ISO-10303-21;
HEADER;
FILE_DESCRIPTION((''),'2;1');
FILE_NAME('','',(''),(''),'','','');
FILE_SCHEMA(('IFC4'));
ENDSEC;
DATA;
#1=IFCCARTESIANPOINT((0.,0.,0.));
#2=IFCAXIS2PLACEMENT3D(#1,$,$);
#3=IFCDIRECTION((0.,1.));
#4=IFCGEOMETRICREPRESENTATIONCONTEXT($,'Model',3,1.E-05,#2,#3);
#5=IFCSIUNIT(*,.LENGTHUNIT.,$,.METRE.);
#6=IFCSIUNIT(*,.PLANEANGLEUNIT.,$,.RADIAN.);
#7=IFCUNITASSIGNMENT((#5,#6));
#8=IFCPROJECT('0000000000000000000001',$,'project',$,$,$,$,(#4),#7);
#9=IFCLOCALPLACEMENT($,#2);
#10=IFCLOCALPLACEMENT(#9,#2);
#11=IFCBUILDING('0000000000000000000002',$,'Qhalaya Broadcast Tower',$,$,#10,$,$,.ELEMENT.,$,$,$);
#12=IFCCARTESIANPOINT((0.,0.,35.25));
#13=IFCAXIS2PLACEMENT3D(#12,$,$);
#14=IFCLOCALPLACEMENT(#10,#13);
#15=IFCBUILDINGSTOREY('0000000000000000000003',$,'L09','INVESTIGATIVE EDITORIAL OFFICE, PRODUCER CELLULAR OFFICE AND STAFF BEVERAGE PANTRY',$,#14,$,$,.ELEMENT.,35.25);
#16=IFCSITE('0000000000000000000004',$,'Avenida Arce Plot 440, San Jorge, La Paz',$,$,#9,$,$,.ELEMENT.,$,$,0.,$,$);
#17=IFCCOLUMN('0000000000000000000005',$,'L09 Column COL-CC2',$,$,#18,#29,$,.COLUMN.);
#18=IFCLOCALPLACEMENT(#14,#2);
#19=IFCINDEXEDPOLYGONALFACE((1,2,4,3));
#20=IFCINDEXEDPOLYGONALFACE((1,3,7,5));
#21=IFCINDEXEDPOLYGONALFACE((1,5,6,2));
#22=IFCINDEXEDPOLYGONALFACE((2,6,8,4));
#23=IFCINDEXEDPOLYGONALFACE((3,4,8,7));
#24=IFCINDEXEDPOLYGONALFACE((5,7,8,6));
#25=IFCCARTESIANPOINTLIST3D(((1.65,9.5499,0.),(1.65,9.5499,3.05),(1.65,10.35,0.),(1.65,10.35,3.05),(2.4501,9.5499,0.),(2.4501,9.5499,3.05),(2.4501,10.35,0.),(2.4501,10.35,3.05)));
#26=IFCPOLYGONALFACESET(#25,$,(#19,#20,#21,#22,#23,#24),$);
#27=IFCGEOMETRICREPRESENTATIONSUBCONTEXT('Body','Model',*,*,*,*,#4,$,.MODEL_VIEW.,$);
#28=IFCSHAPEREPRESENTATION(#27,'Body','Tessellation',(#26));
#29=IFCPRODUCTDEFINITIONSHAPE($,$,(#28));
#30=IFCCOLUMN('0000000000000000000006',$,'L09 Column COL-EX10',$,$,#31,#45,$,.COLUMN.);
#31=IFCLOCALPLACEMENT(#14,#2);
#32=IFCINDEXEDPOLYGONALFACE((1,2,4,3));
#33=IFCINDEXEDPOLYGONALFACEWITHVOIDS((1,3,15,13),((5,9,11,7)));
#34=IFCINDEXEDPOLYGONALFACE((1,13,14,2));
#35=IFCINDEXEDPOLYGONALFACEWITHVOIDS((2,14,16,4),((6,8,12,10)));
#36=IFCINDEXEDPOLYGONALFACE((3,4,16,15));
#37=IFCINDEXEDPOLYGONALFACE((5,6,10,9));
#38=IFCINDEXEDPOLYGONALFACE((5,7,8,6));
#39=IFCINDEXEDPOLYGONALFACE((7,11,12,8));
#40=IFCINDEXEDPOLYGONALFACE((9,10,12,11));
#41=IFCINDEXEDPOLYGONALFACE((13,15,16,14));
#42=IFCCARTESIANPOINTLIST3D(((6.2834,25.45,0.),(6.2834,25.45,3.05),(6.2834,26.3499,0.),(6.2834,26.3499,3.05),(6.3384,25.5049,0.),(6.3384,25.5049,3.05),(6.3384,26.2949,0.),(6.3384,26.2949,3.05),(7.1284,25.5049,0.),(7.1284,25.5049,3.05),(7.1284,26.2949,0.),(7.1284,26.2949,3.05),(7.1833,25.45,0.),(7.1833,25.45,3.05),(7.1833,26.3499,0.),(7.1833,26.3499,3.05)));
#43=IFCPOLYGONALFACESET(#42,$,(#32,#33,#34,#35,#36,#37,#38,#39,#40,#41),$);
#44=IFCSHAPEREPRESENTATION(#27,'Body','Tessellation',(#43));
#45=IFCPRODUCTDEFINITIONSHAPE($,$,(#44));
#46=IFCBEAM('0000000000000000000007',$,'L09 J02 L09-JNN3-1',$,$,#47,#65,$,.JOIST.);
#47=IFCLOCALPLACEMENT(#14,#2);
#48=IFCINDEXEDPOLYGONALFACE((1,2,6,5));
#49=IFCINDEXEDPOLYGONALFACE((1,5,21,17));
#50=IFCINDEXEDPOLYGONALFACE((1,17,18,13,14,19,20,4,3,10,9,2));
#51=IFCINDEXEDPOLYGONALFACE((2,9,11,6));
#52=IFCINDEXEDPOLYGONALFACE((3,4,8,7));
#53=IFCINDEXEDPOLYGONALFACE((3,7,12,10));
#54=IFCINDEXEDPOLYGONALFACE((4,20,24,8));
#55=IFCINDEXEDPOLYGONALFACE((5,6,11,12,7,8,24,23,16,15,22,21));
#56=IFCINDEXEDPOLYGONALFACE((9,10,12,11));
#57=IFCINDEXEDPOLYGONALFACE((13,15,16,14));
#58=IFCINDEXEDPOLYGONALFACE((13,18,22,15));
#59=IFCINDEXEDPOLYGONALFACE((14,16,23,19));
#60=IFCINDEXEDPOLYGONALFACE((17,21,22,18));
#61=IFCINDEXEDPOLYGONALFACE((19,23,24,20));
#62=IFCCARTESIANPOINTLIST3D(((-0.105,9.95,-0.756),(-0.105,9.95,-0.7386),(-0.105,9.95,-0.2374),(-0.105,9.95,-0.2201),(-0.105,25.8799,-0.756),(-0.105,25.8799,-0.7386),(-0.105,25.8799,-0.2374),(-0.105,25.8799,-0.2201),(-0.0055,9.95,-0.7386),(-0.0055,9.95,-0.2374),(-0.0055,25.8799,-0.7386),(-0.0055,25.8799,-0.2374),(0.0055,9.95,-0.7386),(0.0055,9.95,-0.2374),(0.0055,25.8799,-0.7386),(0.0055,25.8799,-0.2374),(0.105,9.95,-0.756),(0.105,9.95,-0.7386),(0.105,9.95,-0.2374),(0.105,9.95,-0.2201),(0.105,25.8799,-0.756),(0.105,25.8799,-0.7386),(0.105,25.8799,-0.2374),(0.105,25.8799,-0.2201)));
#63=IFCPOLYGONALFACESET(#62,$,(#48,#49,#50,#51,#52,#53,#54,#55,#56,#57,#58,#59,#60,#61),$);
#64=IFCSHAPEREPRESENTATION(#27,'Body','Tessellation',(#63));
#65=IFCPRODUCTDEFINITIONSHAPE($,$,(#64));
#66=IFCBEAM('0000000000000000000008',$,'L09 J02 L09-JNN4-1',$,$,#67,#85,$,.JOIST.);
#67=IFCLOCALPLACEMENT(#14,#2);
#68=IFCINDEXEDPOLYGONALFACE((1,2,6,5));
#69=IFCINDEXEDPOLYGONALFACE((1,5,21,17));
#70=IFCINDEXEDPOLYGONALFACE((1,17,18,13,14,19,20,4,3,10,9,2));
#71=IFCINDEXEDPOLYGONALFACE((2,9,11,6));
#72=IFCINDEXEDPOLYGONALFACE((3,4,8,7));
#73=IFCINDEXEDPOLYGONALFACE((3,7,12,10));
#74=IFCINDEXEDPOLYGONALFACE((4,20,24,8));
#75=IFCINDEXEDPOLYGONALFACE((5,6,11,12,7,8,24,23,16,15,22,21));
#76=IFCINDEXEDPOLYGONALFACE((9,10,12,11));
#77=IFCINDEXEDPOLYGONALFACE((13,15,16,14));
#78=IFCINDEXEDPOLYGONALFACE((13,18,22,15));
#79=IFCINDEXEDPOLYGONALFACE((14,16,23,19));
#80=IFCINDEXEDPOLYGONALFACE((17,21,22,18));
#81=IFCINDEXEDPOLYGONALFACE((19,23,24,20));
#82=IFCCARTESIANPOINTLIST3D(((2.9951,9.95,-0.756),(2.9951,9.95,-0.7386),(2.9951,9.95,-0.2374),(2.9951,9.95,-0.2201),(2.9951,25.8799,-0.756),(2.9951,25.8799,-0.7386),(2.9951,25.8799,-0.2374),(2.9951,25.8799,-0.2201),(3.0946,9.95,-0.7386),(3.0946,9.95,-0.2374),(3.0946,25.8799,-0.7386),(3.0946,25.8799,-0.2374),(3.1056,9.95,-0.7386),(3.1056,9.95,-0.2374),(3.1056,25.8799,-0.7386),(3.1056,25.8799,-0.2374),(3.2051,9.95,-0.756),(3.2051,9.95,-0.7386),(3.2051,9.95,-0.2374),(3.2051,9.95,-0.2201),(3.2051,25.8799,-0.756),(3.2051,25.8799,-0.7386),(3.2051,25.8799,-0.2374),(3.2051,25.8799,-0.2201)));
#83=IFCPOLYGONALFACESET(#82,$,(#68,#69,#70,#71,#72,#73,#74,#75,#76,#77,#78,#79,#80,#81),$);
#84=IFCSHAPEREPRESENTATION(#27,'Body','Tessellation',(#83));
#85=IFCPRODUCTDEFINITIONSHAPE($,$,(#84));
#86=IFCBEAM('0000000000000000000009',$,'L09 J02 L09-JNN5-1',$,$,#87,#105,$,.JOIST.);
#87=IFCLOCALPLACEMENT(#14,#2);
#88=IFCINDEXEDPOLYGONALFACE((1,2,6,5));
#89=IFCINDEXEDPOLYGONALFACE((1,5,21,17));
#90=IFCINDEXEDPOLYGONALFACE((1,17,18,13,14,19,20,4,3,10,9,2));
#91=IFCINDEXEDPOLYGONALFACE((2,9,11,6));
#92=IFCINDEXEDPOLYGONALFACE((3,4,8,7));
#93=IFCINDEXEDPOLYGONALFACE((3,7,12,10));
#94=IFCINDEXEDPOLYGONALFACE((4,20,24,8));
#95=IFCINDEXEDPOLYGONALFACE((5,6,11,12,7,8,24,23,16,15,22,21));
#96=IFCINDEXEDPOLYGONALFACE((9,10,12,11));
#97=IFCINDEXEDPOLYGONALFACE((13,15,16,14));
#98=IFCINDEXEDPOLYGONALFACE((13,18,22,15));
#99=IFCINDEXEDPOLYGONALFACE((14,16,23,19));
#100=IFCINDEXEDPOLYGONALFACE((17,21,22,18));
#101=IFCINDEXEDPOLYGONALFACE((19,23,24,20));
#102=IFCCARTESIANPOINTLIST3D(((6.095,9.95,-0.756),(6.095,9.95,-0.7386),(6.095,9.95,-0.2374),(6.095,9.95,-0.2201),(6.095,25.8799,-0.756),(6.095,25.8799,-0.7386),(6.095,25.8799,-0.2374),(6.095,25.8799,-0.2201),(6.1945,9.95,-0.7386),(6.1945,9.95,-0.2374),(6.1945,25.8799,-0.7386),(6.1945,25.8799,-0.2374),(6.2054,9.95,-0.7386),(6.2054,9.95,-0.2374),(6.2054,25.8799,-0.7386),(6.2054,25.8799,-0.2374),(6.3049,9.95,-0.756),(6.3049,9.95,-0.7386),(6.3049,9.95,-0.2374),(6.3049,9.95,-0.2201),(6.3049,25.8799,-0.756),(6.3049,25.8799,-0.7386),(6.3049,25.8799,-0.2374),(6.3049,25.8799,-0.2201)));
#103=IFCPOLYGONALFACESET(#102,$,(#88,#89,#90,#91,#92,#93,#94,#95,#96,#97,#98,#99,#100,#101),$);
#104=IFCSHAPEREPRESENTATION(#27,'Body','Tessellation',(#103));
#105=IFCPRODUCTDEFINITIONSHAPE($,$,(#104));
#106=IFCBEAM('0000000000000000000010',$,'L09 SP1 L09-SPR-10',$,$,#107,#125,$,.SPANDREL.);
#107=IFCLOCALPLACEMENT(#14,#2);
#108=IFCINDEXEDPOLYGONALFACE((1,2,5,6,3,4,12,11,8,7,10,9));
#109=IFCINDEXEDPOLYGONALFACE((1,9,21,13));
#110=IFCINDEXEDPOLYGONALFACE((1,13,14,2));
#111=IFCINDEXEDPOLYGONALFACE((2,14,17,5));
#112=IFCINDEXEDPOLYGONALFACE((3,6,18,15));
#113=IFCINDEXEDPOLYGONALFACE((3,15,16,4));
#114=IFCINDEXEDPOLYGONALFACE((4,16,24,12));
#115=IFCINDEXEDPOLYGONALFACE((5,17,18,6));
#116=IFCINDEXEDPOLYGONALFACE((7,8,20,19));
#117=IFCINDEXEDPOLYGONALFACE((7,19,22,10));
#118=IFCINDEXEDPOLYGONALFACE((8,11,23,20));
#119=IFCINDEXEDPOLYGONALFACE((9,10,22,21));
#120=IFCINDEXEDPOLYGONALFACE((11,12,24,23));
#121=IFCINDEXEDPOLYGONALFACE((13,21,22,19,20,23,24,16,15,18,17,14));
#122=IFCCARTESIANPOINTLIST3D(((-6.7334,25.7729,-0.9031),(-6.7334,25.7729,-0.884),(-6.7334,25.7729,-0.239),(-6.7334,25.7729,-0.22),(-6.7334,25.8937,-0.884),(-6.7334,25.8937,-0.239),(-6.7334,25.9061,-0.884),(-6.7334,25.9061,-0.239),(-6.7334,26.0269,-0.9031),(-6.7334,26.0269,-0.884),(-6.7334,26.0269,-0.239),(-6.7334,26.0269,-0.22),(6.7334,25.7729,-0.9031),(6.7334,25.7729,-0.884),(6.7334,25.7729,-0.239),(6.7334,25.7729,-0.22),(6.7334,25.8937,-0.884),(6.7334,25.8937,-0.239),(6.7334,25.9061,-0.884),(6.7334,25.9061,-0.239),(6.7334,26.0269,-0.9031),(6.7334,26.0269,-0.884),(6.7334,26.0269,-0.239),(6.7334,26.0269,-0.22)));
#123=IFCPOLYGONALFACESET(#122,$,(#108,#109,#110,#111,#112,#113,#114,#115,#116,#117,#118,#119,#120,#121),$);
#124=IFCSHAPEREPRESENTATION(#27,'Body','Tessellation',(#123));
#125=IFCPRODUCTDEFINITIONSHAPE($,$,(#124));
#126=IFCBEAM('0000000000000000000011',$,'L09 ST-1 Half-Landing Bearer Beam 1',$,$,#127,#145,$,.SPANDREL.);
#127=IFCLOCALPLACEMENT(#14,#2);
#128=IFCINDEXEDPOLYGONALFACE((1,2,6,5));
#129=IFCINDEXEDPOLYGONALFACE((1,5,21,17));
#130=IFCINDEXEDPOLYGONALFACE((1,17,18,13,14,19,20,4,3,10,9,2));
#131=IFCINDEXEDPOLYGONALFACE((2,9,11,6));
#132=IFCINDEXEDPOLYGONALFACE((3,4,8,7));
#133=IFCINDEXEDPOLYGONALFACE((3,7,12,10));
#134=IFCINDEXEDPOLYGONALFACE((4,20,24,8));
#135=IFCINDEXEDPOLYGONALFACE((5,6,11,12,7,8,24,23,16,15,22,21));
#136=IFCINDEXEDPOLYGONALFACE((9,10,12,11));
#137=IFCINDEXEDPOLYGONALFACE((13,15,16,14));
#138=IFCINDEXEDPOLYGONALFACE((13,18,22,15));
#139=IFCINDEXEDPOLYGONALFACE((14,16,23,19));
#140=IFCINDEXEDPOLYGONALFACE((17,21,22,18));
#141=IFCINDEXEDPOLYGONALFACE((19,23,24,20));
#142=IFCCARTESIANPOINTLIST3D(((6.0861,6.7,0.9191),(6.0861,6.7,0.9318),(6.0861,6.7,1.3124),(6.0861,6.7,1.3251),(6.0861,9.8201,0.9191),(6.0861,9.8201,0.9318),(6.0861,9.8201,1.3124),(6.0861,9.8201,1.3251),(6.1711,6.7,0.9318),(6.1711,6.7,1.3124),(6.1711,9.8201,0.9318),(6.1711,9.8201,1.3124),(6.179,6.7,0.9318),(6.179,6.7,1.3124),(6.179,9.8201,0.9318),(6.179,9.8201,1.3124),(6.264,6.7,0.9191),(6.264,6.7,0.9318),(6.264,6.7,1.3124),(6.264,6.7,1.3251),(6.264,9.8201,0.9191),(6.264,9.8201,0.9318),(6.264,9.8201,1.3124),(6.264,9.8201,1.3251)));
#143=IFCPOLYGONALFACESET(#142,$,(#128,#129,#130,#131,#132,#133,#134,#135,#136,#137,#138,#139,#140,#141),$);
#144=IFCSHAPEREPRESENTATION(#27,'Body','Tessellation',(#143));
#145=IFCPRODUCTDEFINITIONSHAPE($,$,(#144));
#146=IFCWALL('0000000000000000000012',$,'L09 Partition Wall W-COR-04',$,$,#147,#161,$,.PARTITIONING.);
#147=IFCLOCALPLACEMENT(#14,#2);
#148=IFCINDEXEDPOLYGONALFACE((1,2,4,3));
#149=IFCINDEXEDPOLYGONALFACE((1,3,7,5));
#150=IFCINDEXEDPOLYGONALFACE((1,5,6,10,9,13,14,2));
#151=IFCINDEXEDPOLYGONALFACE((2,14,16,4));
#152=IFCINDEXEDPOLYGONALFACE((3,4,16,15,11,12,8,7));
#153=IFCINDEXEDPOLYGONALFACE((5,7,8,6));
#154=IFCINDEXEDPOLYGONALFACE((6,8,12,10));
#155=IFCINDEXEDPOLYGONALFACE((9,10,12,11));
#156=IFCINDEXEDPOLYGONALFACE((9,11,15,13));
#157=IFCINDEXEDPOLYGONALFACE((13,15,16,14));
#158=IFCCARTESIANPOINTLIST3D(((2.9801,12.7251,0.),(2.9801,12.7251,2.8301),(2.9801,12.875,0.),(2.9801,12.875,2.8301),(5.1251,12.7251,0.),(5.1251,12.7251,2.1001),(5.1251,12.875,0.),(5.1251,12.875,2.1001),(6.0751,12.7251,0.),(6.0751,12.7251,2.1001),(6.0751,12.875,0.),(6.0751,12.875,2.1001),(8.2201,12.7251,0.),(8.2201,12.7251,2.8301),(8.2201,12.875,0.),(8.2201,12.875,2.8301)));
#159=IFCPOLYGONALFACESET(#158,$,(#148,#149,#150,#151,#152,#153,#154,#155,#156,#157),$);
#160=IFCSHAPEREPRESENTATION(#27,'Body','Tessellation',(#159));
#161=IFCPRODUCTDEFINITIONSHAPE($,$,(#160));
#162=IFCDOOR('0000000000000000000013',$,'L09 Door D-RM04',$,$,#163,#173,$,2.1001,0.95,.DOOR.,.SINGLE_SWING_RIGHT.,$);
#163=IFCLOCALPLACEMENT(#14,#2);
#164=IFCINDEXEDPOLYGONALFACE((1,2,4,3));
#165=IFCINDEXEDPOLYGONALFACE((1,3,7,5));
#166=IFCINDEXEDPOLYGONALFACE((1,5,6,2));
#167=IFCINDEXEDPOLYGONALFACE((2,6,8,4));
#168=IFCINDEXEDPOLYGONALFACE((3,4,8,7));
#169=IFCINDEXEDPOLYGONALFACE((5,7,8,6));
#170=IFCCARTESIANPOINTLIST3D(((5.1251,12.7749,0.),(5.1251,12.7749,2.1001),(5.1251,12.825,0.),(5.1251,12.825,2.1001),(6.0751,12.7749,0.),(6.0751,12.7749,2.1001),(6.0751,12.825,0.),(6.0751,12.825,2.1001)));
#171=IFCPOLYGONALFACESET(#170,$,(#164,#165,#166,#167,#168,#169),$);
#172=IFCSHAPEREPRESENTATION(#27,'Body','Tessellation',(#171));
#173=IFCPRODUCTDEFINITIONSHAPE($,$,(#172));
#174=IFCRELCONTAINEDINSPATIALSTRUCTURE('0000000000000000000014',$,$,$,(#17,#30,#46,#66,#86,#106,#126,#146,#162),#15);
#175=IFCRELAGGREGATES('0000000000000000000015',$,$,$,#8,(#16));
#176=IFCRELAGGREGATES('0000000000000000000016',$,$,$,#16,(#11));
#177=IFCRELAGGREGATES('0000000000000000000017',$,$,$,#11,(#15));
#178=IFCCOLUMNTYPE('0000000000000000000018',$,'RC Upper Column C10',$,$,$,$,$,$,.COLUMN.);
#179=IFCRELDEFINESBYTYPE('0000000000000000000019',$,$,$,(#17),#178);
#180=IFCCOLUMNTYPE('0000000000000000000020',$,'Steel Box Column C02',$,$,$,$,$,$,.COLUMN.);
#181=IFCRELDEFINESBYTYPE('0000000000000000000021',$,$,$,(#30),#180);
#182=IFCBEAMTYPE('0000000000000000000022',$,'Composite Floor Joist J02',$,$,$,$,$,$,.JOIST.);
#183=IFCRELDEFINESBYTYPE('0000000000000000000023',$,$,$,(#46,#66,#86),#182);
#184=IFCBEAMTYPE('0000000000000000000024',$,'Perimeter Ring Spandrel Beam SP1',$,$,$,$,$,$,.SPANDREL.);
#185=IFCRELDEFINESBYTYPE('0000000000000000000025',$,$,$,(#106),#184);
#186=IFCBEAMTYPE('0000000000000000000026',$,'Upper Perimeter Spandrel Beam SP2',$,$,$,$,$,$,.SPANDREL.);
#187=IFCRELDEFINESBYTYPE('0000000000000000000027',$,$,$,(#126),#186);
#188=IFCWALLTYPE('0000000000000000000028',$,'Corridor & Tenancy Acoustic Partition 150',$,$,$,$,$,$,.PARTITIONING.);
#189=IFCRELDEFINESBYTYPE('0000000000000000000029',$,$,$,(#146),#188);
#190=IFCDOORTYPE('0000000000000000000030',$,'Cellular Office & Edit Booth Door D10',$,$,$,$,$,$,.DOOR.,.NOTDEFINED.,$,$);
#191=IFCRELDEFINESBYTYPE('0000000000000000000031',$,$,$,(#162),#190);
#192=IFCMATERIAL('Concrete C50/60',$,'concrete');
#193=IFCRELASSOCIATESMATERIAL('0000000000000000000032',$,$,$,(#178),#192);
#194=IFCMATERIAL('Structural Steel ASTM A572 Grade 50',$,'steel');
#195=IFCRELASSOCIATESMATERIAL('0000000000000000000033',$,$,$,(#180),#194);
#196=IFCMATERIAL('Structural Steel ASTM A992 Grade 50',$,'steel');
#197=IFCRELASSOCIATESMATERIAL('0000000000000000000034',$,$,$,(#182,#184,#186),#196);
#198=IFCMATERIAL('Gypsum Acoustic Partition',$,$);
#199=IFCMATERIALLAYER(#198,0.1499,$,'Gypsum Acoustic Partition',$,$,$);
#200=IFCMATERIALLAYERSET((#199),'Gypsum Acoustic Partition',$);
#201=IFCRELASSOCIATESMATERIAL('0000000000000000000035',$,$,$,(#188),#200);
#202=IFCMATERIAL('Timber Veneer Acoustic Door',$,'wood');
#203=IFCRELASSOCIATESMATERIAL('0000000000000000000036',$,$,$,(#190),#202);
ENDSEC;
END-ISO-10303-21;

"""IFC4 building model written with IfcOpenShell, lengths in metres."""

from ifc_helpers import new_model, si_unit, direction, frame, frame_2d, origin, origin_2d, place, context, subcontext, project, spatial, rectangle, hollow_rectangle, i_section, extrude, material, layer, layer_set, material_profile, profile_set, type_object, element, fill, save


model = new_model("IFC4")

# Units and contexts
model_context = context("Model", 3, precision=1e-05, world=origin(), true_north=direction((0.0, 1.0)))
body_context = subcontext(model_context, "Body", "Model", "MODEL_VIEW")
ifc_project = project(units=[si_unit("LENGTHUNIT", "METRE"), si_unit("PLANEANGLEUNIT", "RADIAN")], contexts=[model_context])

# Site, building, storey
site_placement = place(None, origin())
site = spatial("IfcSite", under=ifc_project, at=site_placement, Name="Avenida Arce Plot 440, San Jorge, La Paz", CompositionType="ELEMENT", RefElevation=0.0)
building_placement = place(site_placement, origin())
building = spatial("IfcBuilding", under=site, at=building_placement, Name="Qhalaya Broadcast Tower", CompositionType="ELEMENT")
storey_placement = place(building_placement, frame((0.0, 0.0, 35.25)))
storey = spatial("IfcBuildingStorey", under=building, at=storey_placement, Name="L09", Description="INVESTIGATIVE EDITORIAL OFFICE, PRODUCER CELLULAR OFFICE AND STAFF BEVERAGE PANTRY", CompositionType="ELEMENT", Elevation=35.25)

# Columns
ifc_material_1 = material(Name="Concrete C50/60", Category="concrete")
ifc_material_profile_1 = material_profile(ifc_material_1, rectangle(XDim=0.8, YDim=0.8, at=origin_2d()), Name="RC-COL 800x800")
ifc_profile_set_1 = profile_set([ifc_material_profile_1], Name="Concrete C50/60")
column_type_1 = type_object("IfcColumnType", Name="RC Upper Column C10", PredefinedType="COLUMN", material=ifc_profile_set_1)
column_1_placement = place(storey_placement, frame((2.05, 9.95, 0.0), z_axis=(0.0, 0.0, 1.0), x_axis=(1.0, 0.0, 0.0)))
element("IfcColumn", 1, at=column_1_placement, inside=storey, type_object=column_type_1, Name="L09 Column COL-CC2", PredefinedType="COLUMN", context=body_context, shape_type="SweptSolid", body=[
    extrude(rectangle(XDim=0.8, YDim=0.8, at=origin_2d()), origin(), (0.0, 0.0, 1.0), 3.05),
])
ifc_material_2 = material(Name="Structural Steel ASTM A572 Grade 50", Category="steel")
ifc_material_profile_2 = material_profile(ifc_material_2, hollow_rectangle(XDim=0.8999, YDim=0.8999, WallThickness=0.0549, at=origin_2d()), Name="BOX 900x900x55")
ifc_profile_set_2 = profile_set([ifc_material_profile_2], Name="Structural Steel ASTM A572 Grade 50")
column_type_2 = type_object("IfcColumnType", Name="Steel Box Column C02", PredefinedType="COLUMN", material=ifc_profile_set_2)
column_2_placement = place(storey_placement, frame((6.7334, 25.8999, 0.0), z_axis=(0.0, 0.0, 1.0), x_axis=(1.0, 0.0, 0.0)))
element("IfcColumn", 2, at=column_2_placement, inside=storey, type_object=column_type_2, Name="L09 Column COL-EX10", PredefinedType="COLUMN", context=body_context, shape_type="SweptSolid", body=[
    extrude(hollow_rectangle(XDim=0.8999, YDim=0.8999, WallThickness=0.0549, at=origin_2d()), origin(), (0.0, 0.0, 1.0), 3.05),
])

# Beams
ifc_material_3 = material(Name="Structural Steel ASTM A992 Grade 50", Category="steel")
ifc_material_profile_3 = material_profile(ifc_material_3, i_section(OverallWidth=0.21, OverallDepth=0.5359, WebThickness=0.011, FlangeThickness=0.0173, at=origin_2d()), Name="W21X68")
ifc_profile_set_3 = profile_set([ifc_material_profile_3], Name="Structural Steel ASTM A992 Grade 50")
beam_type_1 = type_object("IfcBeamType", Name="Composite Floor Joist J02", PredefinedType="JOIST", material=ifc_profile_set_3)
for number, where, z_axis, x_axis, name in (
    (3, (0.0, 9.95, -0.488), (0.0, 1.0, 0.0), (-1.0, 0.0, 0.0), "L09 J02 L09-JNN3-1"),
    (4, (3.1001, 9.95, -0.488), (0.0, 1.0, 0.0), (-1.0, 0.0, 0.0), "L09 J02 L09-JNN4-1"),
    (5, (6.2, 9.95, -0.488), (0.0, 1.0, 0.0), (-1.0, 0.0, 0.0), "L09 J02 L09-JNN5-1"),
):
    element("IfcBeam", number, at=place(storey_placement, frame(where, z_axis=z_axis, x_axis=x_axis)), inside=storey, type_object=beam_type_1, Name=name, PredefinedType="JOIST", context=body_context, shape_type="SweptSolid", body=[
        extrude(i_section(OverallWidth=0.21, OverallDepth=0.5359, WebThickness=0.011, FlangeThickness=0.0173, at=origin_2d()), origin(), (0.0, 0.0, 1.0), 15.9299),
    ])
ifc_material_profile_4 = material_profile(ifc_material_3, i_section(OverallWidth=0.2539, OverallDepth=0.6831, WebThickness=0.0125, FlangeThickness=0.019, at=origin_2d()), Name="W27X94")
ifc_profile_set_4 = profile_set([ifc_material_profile_4], Name="Structural Steel ASTM A992 Grade 50")
beam_type_2 = type_object("IfcBeamType", Name="Perimeter Ring Spandrel Beam SP1", PredefinedType="SPANDREL", material=ifc_profile_set_4)
beam_1_placement = place(storey_placement, frame((6.7334, 25.8999, -0.5615), z_axis=(-1.0, 0.0, 0.0), x_axis=(0.0, -1.0, 0.0)))
element("IfcBeam", 6, at=beam_1_placement, inside=storey, type_object=beam_type_2, Name="L09 SP1 L09-SPR-10", PredefinedType="SPANDREL", context=body_context, shape_type="SweptSolid", body=[
    extrude(i_section(OverallWidth=0.2539, OverallDepth=0.6831, WebThickness=0.0125, FlangeThickness=0.019, at=origin_2d()), origin(), (0.0, 0.0, 1.0), 13.4668),
])
ifc_material_profile_5 = material_profile(ifc_material_3, i_section(OverallWidth=0.178, OverallDepth=0.406, WebThickness=0.0078, FlangeThickness=0.0127, at=origin_2d()), Name="W16X40")
ifc_profile_set_5 = profile_set([ifc_material_profile_5], Name="Structural Steel ASTM A992 Grade 50")
beam_type_3 = type_object("IfcBeamType", Name="Upper Perimeter Spandrel Beam SP2", PredefinedType="SPANDREL", material=ifc_profile_set_5)
beam_2_placement = place(storey_placement, frame((6.175, 6.7, 1.1221), z_axis=(0.0, 1.0, 0.0), x_axis=(-1.0, 0.0, 0.0)))
element("IfcBeam", 7, at=beam_2_placement, inside=storey, type_object=beam_type_3, Name="L09 ST-1 Half-Landing Bearer Beam 1", PredefinedType="SPANDREL", context=body_context, shape_type="SweptSolid", body=[
    extrude(i_section(OverallWidth=0.178, OverallDepth=0.406, WebThickness=0.0078, FlangeThickness=0.0127, at=origin_2d()), origin(), (0.0, 0.0, 1.0), 3.1201),
])

# Wall, opening, door
ifc_material_4 = material(Name="Gypsum Acoustic Partition")
ifc_layer_1 = layer(ifc_material_4, 0.1499, Name="Gypsum Acoustic Partition")
ifc_layer_set_1 = layer_set([ifc_layer_1], Name="Gypsum Acoustic Partition")
wall_type_1 = type_object("IfcWallType", Name="Corridor & Tenancy Acoustic Partition 150", PredefinedType="PARTITIONING", material=ifc_layer_set_1)
wall_1_placement = place(storey_placement, frame((2.98, 12.8, 0.0), z_axis=(0.0, 0.0, 1.0), x_axis=(1.0, 0.0, 0.0)))
wall_1 = element("IfcWall", 8, at=wall_1_placement, inside=storey, type_object=wall_type_1, Name="L09 Partition Wall W-COR-04", PredefinedType="PARTITIONING", context=body_context, shape_type="SweptSolid", body=[
    extrude(rectangle(XDim=5.24, YDim=0.1499, at=frame_2d((2.6201, 0.0))), origin(), (0.0, 0.0, 1.0), 2.8301),
])
opening_1_placement = place(wall_1_placement, frame((2.145, 0.0, 0.0)))
opening_1 = element("IfcOpeningElement", 9, at=opening_1_placement, cuts=wall_1, PredefinedType="OPENING", context=body_context, shape_type="SweptSolid", body=[
    extrude(rectangle(XDim=0.95, YDim=2.1001, at=frame_2d((0.4751, 1.05))), frame((0.0, 0.0869, 0.0), z_axis=(0.0, -1.0, 0.0), x_axis=(1.0, 0.0, 0.0)), (0.0, 0.0, 1.0), 0.1738),
])
ifc_material_5 = material(Name="Timber Veneer Acoustic Door", Category="wood")
door_type_1 = type_object("IfcDoorType", Name="Cellular Office & Edit Booth Door D10", OperationType="NOTDEFINED", PredefinedType="DOOR", material=ifc_material_5)
door_1_placement = place(opening_1_placement, origin())
door_1 = element("IfcDoor", 10, at=door_1_placement, inside=storey, type_object=door_type_1, Name="L09 Door D-RM04", OperationType="SINGLE_SWING_RIGHT", OverallHeight=2.1001, OverallWidth=0.95, PredefinedType="DOOR", context=body_context, shape_type="SweptSolid", body=[
    extrude(rectangle(XDim=0.95, YDim=2.1001, at=frame_2d((0.4751, 1.05))), frame((0.0, 0.0249, 0.0), z_axis=(0.0, -1.0, 0.0), x_axis=(1.0, 0.0, 0.0)), (0.0, 0.0, 1.0), 0.05),
])
fill(opening_1, door_1)

save(model, "model.ifc")
